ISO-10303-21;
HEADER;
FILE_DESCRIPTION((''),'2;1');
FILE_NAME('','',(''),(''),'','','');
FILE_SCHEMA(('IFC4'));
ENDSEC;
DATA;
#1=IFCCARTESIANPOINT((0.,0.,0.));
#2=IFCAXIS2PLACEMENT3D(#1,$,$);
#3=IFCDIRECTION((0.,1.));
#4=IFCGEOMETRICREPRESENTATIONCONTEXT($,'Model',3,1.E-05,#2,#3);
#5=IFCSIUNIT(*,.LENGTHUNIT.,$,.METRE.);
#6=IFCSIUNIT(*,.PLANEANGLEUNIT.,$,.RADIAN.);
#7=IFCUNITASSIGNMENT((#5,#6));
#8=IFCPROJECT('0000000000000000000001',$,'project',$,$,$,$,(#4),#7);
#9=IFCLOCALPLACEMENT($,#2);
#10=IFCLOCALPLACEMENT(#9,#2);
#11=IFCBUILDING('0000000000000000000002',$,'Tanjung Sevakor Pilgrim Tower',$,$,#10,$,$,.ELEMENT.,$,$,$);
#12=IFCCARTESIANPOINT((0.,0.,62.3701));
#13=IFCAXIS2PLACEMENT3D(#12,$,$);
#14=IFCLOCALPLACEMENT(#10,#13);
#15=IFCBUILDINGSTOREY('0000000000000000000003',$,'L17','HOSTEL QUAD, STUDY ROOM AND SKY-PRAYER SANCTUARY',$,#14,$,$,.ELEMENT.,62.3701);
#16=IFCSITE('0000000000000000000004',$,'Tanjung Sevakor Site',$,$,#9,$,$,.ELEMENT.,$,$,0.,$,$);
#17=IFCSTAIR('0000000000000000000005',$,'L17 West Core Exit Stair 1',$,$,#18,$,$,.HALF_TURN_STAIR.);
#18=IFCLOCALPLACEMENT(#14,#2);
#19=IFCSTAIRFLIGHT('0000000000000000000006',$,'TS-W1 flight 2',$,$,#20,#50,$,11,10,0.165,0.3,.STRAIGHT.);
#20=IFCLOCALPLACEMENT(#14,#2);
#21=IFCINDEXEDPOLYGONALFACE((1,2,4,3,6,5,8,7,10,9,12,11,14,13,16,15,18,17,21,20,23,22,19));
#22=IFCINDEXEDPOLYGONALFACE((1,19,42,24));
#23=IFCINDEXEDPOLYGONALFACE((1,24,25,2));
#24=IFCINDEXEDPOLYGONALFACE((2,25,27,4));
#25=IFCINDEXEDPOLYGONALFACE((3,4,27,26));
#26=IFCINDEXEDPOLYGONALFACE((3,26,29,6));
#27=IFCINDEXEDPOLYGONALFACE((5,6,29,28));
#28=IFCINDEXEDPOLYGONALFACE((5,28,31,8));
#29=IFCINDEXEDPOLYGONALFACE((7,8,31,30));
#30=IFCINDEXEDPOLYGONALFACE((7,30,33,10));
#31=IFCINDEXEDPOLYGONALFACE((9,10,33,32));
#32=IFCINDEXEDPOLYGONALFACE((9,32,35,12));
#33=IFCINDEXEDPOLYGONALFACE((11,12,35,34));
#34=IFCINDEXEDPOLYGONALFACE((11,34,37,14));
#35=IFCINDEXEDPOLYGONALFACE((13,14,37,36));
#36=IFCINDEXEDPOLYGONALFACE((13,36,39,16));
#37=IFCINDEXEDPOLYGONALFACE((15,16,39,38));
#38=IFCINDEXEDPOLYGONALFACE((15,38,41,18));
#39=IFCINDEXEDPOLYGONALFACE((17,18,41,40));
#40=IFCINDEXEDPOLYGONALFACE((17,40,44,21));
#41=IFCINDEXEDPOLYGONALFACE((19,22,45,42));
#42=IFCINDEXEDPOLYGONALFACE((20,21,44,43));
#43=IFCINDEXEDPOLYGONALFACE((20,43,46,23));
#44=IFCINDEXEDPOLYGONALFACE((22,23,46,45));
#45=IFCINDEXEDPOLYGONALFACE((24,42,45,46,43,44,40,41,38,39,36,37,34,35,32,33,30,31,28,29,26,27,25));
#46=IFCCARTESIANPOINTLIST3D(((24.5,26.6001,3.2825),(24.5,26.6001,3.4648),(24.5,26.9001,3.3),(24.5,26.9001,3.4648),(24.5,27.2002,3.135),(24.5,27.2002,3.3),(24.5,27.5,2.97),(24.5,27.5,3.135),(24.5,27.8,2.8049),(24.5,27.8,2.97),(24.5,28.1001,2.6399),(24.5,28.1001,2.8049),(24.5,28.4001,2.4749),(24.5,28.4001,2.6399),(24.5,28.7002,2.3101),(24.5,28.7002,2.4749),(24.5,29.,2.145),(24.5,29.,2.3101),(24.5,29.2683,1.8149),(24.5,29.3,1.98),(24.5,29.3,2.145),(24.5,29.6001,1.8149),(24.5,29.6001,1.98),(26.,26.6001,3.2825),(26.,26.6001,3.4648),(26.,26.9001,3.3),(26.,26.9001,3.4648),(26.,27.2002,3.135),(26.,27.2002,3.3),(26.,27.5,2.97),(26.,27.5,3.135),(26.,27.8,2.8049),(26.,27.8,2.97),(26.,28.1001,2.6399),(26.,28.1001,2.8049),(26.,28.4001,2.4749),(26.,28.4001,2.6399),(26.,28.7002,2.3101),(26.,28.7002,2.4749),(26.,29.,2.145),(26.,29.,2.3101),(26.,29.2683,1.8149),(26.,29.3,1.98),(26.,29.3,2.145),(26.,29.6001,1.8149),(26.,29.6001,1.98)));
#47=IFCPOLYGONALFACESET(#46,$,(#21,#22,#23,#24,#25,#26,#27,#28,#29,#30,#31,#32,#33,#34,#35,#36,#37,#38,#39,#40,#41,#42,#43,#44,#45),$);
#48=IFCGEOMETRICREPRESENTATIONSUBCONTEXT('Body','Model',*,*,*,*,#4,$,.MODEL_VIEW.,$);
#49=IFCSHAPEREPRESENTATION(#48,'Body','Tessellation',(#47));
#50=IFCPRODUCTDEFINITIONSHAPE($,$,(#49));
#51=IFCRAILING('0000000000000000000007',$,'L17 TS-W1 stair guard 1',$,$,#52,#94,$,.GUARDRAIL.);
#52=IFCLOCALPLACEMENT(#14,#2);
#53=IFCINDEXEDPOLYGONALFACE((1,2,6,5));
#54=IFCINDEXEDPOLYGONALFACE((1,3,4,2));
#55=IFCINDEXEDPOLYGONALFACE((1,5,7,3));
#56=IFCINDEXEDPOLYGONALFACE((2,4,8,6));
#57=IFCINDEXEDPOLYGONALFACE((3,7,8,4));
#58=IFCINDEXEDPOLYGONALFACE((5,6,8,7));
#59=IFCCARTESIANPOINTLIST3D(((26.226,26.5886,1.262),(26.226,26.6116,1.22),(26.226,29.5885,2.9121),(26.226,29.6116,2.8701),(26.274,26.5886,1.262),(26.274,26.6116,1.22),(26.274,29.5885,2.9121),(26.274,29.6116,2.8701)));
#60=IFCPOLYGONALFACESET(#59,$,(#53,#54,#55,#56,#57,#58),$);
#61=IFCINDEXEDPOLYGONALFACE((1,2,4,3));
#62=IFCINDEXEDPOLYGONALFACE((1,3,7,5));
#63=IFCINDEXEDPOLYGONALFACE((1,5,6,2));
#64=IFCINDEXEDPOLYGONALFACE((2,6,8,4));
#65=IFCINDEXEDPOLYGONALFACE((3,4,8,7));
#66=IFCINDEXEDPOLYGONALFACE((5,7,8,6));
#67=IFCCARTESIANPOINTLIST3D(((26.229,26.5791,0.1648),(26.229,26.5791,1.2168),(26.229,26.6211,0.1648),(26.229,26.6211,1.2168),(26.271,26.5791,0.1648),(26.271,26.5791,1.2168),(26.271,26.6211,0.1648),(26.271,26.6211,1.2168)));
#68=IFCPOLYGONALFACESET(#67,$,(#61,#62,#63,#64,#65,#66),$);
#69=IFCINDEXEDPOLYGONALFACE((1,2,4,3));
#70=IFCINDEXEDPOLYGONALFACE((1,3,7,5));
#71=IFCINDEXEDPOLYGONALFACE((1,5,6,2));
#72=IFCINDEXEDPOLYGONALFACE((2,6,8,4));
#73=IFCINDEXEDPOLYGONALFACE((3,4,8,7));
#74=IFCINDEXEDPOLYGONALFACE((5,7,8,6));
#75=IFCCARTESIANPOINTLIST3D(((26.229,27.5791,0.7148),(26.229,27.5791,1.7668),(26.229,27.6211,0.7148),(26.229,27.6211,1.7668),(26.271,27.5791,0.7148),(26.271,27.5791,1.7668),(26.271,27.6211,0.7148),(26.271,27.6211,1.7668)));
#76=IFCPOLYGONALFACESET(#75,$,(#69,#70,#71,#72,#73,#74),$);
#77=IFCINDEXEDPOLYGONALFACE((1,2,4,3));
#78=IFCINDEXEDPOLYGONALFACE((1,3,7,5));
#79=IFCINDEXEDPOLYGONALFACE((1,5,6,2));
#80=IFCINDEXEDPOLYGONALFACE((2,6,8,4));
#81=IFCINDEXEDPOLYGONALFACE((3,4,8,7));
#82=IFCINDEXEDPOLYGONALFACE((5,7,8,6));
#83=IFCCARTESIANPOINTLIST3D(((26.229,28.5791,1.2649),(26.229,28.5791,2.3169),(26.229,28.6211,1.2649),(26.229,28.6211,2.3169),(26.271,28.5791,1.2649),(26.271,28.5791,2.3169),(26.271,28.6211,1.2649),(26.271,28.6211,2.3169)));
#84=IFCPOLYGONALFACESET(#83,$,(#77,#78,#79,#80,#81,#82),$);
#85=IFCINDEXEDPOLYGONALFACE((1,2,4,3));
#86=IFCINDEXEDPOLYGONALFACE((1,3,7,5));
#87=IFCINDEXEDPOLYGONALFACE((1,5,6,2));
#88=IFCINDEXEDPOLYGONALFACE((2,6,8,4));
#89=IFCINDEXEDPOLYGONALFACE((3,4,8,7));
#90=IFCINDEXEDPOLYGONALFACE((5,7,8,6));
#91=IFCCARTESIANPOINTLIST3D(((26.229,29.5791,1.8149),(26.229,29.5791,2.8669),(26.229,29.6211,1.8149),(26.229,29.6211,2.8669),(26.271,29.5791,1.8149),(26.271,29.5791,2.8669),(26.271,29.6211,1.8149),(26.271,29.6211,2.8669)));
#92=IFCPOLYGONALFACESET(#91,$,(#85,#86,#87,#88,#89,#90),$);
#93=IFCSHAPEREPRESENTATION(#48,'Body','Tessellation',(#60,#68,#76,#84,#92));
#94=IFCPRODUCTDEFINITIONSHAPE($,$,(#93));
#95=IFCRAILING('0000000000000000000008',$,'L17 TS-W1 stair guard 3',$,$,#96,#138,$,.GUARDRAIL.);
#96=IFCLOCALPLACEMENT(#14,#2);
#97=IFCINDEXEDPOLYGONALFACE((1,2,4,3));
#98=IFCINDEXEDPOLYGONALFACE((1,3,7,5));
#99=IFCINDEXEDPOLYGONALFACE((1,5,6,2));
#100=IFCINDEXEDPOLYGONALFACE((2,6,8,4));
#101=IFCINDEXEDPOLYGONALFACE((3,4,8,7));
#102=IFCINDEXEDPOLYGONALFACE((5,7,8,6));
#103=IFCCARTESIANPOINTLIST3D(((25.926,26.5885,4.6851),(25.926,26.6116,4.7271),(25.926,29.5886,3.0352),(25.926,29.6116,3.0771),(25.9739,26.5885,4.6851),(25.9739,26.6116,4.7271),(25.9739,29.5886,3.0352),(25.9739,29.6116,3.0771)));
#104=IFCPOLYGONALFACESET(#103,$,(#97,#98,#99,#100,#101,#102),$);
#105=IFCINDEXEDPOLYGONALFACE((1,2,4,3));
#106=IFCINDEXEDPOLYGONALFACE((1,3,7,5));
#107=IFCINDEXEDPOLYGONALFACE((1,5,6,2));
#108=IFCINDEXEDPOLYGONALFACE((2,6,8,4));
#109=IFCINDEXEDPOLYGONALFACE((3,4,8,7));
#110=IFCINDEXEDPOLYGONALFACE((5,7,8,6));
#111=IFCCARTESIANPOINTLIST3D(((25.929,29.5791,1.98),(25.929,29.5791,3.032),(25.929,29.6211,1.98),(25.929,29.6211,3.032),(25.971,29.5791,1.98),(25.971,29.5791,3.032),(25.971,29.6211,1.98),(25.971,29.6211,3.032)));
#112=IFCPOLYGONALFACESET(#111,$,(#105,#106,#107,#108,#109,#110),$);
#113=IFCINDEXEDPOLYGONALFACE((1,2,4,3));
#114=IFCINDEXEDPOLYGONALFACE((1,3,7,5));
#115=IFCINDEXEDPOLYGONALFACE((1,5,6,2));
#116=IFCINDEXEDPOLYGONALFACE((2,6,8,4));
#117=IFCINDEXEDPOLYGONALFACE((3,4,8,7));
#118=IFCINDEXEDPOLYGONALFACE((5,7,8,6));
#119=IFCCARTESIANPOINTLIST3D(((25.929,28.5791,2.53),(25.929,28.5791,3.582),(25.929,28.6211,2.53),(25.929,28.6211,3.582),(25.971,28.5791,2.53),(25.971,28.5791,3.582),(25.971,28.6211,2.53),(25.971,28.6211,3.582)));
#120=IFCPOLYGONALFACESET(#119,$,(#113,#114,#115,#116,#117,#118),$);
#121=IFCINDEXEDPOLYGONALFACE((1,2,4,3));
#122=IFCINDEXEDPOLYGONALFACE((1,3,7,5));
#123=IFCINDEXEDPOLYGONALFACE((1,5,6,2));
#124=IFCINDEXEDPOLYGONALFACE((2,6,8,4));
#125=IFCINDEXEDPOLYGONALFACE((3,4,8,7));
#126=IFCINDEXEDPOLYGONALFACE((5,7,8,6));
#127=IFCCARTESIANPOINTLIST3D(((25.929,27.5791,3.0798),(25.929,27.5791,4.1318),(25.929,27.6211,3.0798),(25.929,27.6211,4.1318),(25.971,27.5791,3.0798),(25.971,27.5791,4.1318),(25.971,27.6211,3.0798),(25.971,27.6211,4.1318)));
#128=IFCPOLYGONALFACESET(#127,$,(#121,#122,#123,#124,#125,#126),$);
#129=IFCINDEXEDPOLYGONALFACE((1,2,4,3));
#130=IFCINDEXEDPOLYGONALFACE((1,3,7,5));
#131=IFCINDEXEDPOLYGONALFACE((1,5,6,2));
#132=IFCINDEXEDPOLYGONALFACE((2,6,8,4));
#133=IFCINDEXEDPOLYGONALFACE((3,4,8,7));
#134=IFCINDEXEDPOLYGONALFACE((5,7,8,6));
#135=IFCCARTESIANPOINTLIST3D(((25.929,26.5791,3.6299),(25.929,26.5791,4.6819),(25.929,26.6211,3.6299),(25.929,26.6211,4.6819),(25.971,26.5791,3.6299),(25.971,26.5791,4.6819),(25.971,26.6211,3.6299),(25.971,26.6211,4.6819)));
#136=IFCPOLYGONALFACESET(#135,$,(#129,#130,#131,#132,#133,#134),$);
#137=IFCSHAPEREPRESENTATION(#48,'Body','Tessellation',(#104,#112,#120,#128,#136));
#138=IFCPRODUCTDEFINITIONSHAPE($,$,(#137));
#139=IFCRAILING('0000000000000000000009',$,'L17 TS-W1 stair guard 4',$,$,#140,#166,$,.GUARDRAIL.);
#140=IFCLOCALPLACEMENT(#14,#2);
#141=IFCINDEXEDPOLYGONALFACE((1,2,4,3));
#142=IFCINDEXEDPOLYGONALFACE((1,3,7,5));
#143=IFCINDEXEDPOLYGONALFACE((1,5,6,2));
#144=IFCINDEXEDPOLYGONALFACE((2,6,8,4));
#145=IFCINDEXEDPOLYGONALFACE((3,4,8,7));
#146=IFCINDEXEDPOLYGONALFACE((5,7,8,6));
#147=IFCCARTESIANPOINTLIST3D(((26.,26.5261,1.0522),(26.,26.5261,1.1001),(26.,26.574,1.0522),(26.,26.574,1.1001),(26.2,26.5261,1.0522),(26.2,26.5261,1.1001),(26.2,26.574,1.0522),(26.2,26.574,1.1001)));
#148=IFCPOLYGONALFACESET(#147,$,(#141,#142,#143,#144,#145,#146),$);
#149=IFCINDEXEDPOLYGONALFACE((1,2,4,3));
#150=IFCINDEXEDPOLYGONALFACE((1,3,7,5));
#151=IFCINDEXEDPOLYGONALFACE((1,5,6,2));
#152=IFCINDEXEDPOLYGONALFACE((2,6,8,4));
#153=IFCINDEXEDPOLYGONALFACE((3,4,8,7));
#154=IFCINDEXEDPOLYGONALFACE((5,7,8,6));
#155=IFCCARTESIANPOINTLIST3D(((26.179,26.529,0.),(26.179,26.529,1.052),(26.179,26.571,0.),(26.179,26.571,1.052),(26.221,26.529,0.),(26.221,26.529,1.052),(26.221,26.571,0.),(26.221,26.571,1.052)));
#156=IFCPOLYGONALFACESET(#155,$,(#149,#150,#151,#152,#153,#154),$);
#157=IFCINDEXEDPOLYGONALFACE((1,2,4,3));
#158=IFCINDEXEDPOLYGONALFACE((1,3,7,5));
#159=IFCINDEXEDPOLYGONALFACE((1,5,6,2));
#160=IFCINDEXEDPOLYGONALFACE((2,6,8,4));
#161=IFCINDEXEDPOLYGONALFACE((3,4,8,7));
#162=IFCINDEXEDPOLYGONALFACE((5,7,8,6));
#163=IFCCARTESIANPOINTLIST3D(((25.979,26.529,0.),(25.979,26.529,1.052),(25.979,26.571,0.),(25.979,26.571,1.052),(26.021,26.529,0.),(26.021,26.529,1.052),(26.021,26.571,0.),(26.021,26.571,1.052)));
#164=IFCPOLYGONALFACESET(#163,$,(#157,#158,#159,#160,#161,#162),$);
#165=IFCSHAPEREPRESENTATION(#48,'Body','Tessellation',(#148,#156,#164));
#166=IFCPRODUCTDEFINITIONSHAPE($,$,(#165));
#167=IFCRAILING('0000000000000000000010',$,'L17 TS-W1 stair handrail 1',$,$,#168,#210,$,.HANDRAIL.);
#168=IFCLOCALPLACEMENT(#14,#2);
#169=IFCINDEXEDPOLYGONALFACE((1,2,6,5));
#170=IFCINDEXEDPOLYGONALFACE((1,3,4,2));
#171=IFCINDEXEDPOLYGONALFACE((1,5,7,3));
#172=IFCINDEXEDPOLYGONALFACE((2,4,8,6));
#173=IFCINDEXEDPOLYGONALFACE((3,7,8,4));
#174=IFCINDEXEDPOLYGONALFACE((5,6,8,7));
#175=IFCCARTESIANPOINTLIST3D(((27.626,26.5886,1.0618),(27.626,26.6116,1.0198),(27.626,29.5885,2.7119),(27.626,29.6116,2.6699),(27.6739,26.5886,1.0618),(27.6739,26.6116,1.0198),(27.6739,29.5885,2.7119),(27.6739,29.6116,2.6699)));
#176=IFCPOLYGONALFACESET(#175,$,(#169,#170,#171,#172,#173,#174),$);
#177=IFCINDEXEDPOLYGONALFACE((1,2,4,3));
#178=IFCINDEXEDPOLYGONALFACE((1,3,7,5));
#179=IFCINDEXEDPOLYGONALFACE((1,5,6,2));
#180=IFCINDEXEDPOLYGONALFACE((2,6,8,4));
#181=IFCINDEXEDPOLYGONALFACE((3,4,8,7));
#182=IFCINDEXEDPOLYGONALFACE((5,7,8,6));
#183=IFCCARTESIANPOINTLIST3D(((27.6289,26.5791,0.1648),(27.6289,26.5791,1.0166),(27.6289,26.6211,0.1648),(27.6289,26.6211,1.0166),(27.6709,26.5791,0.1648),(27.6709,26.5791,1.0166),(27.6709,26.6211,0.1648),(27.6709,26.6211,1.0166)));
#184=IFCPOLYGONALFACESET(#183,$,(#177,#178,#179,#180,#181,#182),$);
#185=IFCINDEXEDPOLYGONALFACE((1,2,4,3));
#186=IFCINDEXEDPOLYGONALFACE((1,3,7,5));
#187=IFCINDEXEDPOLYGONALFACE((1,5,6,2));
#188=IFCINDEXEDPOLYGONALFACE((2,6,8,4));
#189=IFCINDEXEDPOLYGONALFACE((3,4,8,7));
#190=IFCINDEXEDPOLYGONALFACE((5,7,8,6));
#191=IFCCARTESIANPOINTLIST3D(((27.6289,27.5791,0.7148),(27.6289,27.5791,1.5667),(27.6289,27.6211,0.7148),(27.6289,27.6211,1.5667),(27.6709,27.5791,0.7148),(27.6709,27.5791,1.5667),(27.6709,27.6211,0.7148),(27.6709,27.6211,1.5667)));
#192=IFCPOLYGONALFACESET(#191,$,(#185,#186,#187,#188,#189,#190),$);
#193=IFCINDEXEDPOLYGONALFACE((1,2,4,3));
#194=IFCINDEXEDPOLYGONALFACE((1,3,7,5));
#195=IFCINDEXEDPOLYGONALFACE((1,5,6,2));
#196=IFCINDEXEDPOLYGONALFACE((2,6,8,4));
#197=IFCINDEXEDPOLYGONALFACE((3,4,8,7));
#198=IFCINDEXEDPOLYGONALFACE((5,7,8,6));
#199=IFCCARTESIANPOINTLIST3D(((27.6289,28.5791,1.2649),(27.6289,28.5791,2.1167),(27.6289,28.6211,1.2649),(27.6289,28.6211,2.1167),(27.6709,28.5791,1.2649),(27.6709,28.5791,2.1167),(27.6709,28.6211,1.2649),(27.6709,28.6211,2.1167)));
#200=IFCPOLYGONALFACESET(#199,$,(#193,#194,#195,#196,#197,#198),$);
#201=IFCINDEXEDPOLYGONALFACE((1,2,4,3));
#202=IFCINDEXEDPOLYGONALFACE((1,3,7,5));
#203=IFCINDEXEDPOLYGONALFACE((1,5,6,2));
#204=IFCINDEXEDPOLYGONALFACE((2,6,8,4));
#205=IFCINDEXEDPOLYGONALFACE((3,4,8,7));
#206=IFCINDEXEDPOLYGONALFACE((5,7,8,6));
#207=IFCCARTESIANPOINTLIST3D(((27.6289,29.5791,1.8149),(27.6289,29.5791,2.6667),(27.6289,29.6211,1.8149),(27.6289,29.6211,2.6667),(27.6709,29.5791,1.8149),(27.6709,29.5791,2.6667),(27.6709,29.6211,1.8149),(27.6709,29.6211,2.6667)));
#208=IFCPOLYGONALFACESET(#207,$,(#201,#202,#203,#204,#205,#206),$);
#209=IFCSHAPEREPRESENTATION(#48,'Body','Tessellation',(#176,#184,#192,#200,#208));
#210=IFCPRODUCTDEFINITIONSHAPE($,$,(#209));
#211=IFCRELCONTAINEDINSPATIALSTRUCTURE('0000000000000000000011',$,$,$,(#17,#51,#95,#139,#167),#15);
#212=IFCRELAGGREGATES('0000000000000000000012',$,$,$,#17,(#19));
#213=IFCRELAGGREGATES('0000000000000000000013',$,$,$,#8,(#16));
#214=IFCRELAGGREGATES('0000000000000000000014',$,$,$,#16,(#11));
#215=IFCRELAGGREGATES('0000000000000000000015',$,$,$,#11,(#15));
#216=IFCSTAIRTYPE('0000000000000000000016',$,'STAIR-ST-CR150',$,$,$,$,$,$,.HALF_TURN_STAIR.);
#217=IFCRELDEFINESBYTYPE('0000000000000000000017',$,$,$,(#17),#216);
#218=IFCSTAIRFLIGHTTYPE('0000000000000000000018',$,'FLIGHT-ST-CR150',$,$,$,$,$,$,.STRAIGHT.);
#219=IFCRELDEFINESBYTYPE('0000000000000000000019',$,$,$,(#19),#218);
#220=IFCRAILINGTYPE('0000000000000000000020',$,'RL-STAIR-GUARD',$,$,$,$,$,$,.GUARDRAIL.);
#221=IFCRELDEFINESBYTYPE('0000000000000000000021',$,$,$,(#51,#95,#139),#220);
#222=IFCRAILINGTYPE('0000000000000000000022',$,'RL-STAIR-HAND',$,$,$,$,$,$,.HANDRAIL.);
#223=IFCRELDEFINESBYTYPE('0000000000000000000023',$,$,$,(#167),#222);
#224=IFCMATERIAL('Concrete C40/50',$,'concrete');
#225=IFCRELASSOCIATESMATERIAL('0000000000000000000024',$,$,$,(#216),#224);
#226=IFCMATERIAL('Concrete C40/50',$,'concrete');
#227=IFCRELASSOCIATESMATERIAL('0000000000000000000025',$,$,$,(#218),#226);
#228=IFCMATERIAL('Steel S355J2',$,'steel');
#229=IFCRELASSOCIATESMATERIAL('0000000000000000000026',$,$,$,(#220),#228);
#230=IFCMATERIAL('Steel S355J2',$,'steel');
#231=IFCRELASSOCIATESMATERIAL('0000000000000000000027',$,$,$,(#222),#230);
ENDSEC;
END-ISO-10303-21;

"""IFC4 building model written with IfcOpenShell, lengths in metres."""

from ifc_helpers import new_model, si_unit, direction, frame, origin, place, context, subcontext, project, spatial, polyline, rectangle, outline, extrude, material, type_object, element, aggregate, save


model = new_model("IFC4")

# Units and contexts
model_context = context("Model", 3, precision=1e-05, world=origin(), true_north=direction((0.0, 1.0)))
body_context = subcontext(model_context, "Body", "Model", "MODEL_VIEW")
ifc_project = project(units=[si_unit("LENGTHUNIT", "METRE"), si_unit("PLANEANGLEUNIT", "RADIAN")], contexts=[model_context])

# Site, building, storey
site_placement = place(None, origin())
site = spatial("IfcSite", under=ifc_project, at=site_placement, Name="Tanjung Sevakor Site", CompositionType="ELEMENT", RefElevation=0.0)
building_placement = place(site_placement, origin())
building = spatial("IfcBuilding", under=site, at=building_placement, Name="Tanjung Sevakor Pilgrim Tower", CompositionType="ELEMENT")
storey_placement = place(building_placement, frame((0.0, 0.0, 62.3701)))
storey = spatial("IfcBuildingStorey", under=building, at=storey_placement, Name="L17", Description="HOSTEL QUAD, STUDY ROOM AND SKY-PRAYER SANCTUARY", CompositionType="ELEMENT", Elevation=62.3701)

# Stair, stair flight
ifc_material_1 = material(Name="Concrete C40/50", Category="concrete")
stair_type = type_object("IfcStairType", Name="STAIR-ST-CR150", PredefinedType="HALF_TURN_STAIR", material=ifc_material_1)
stair_placement = place(storey_placement, origin())
stair = element("IfcStair", 1, at=stair_placement, inside=storey, type_object=stair_type, Name="L17 West Core Exit Stair 1", PredefinedType="HALF_TURN_STAIR")
ifc_material_2 = material(Name="Concrete C40/50", Category="concrete")
stair_flight_type = type_object("IfcStairFlightType", Name="FLIGHT-ST-CR150", PredefinedType="STRAIGHT", material=ifc_material_2)
stair_flight_1_placement = place(storey_placement, frame((25.25, 29.6001, 1.8149), z_axis=(0.0, 0.0, 1.0), x_axis=(0.0, -1.0, 0.0)))
stair_flight_1 = element("IfcStairFlight", 2, at=stair_flight_1_placement, type_object=stair_flight_type, Name="TS-W1 flight 2", NumberOfRisers=11, NumberOfTreads=10, PredefinedType="STRAIGHT", RiserHeight=0.165, TreadLength=0.3, context=body_context, shape_type="SweptSolid", body=[
    extrude(outline(polyline([(0.0, 0.0), (0.0, 0.165), (0.3, 0.165), (0.3, 0.3301), (0.6001, 0.3301), (0.6001, 0.4951), (0.8999, 0.4951), (0.8999, 0.6599), (1.2, 0.6599), (1.2, 0.825), (1.5, 0.825), (1.5, 0.99), (1.8, 0.99), (1.8, 1.155), (2.1001, 1.155), (2.1001, 1.3201), (2.3999, 1.3201), (2.3999, 1.4851), (2.7, 1.4851), (2.7, 1.6499), (3.0, 1.6499), (3.0, 1.8149), (3.0, 1.4675), (0.3318, 0.0), (0.0, 0.0)])), frame((0.0, 0.75, 0.0), z_axis=(0.0, -1.0, 0.0), x_axis=(1.0, 0.0, 0.0)), (0.0, 0.0, 1.0), 1.5),
])
aggregate(stair, [stair_flight_1])

# Railings
ifc_material_3 = material(Name="Steel S355J2", Category="steel")
railing_type_1 = type_object("IfcRailingType", Name="RL-STAIR-GUARD", PredefinedType="GUARDRAIL", material=ifc_material_3)
railing_1_placement = place(storey_placement, frame((26.25, 26.6001, 0.1648)))
element("IfcRailing", 3, at=railing_1_placement, inside=storey, type_object=railing_type_1, Name="L17 TS-W1 stair guard 1", PredefinedType="GUARDRAIL", context=body_context, shape_type="SweptSolid", body=[
    extrude(rectangle(XDim=0.0479, YDim=0.0479), frame((0.0, 0.0, 1.0762), z_axis=(0.0, 0.876198, 0.481952), x_axis=(-1.0, 0.0, 0.0)), (0.0, 0.0, 1.0), 3.4238),
    extrude(rectangle(XDim=0.042, YDim=0.042), origin(), (0.0, 0.0, 1.0), 1.052),
    extrude(rectangle(XDim=0.042, YDim=0.042), frame((0.0, 1.0, 0.55)), (0.0, 0.0, 1.0), 1.052),
    extrude(rectangle(XDim=0.042, YDim=0.042), frame((0.0, 2.0, 1.1001)), (0.0, 0.0, 1.0), 1.052),
    extrude(rectangle(XDim=0.042, YDim=0.042), frame((0.0, 3.0, 1.6501)), (0.0, 0.0, 1.0), 1.052),
])
railing_2_placement = place(storey_placement, frame((25.95, 29.6001, 1.98)))
element("IfcRailing", 4, at=railing_2_placement, inside=storey, type_object=railing_type_1, Name="L17 TS-W1 stair guard 3", PredefinedType="GUARDRAIL", context=body_context, shape_type="SweptSolid", body=[
    extrude(rectangle(XDim=0.0479, YDim=0.0479), frame((0.0, 0.0, 1.0762), z_axis=(0.0, -0.876228, 0.481897), x_axis=(1.0, 0.0, 0.0)), (0.0, 0.0, 1.0), 3.4238),
    extrude(rectangle(XDim=0.042, YDim=0.042), origin(), (0.0, 0.0, 1.0), 1.052),
    extrude(rectangle(XDim=0.042, YDim=0.042), frame((0.0, -1.0, 0.55)), (0.0, 0.0, 1.0), 1.052),
    extrude(rectangle(XDim=0.042, YDim=0.042), frame((0.0, -2.0, 1.0999)), (0.0, 0.0, 1.0), 1.052),
    extrude(rectangle(XDim=0.042, YDim=0.042), frame((0.0, -3.0, 1.6499)), (0.0, 0.0, 1.0), 1.052),
])
railing_3_placement = place(storey_placement, frame((26.2, 26.55, 0.0)))
element("IfcRailing", 5, at=railing_3_placement, inside=storey, type_object=railing_type_1, Name="L17 TS-W1 stair guard 4", PredefinedType="GUARDRAIL", context=body_context, shape_type="SweptSolid", body=[
    extrude(rectangle(XDim=0.0479, YDim=0.0479), frame((0.0, 0.0, 1.0762), z_axis=(-1.0, 0.0, 0.0), x_axis=(0.0, -1.0, 0.0)), (0.0, 0.0, 1.0), 0.2),
    extrude(rectangle(XDim=0.042, YDim=0.042), origin(), (0.0, 0.0, 1.0), 1.052),
    extrude(rectangle(XDim=0.042, YDim=0.042), frame((-0.2, 0.0, 0.0)), (0.0, 0.0, 1.0), 1.052),
])
ifc_material_4 = material(Name="Steel S355J2", Category="steel")
railing_type_2 = type_object("IfcRailingType", Name="RL-STAIR-HAND", PredefinedType="HANDRAIL", material=ifc_material_4)
railing_4_placement = place(storey_placement, frame((27.6499, 26.6001, 0.1648)))
element("IfcRailing", 6, at=railing_4_placement, inside=storey, type_object=railing_type_2, Name="L17 TS-W1 stair handrail 1", PredefinedType="HANDRAIL", context=body_context, shape_type="SweptSolid", body=[
    extrude(rectangle(XDim=0.0479, YDim=0.0479), frame((0.0, 0.0, 0.876), z_axis=(0.0, 0.876198, 0.481952), x_axis=(-1.0, 0.0, 0.0)), (0.0, 0.0, 1.0), 3.4238),
    extrude(rectangle(XDim=0.042, YDim=0.042), origin(), (0.0, 0.0, 1.0), 0.8518),
    extrude(rectangle(XDim=0.042, YDim=0.042), frame((0.0, 1.0, 0.55)), (0.0, 0.0, 1.0), 0.8518),
    extrude(rectangle(XDim=0.042, YDim=0.042), frame((0.0, 2.0, 1.1001)), (0.0, 0.0, 1.0), 0.8518),
    extrude(rectangle(XDim=0.042, YDim=0.042), frame((0.0, 3.0, 1.6501)), (0.0, 0.0, 1.0), 0.8518),
])

save(model, "model.ifc")
